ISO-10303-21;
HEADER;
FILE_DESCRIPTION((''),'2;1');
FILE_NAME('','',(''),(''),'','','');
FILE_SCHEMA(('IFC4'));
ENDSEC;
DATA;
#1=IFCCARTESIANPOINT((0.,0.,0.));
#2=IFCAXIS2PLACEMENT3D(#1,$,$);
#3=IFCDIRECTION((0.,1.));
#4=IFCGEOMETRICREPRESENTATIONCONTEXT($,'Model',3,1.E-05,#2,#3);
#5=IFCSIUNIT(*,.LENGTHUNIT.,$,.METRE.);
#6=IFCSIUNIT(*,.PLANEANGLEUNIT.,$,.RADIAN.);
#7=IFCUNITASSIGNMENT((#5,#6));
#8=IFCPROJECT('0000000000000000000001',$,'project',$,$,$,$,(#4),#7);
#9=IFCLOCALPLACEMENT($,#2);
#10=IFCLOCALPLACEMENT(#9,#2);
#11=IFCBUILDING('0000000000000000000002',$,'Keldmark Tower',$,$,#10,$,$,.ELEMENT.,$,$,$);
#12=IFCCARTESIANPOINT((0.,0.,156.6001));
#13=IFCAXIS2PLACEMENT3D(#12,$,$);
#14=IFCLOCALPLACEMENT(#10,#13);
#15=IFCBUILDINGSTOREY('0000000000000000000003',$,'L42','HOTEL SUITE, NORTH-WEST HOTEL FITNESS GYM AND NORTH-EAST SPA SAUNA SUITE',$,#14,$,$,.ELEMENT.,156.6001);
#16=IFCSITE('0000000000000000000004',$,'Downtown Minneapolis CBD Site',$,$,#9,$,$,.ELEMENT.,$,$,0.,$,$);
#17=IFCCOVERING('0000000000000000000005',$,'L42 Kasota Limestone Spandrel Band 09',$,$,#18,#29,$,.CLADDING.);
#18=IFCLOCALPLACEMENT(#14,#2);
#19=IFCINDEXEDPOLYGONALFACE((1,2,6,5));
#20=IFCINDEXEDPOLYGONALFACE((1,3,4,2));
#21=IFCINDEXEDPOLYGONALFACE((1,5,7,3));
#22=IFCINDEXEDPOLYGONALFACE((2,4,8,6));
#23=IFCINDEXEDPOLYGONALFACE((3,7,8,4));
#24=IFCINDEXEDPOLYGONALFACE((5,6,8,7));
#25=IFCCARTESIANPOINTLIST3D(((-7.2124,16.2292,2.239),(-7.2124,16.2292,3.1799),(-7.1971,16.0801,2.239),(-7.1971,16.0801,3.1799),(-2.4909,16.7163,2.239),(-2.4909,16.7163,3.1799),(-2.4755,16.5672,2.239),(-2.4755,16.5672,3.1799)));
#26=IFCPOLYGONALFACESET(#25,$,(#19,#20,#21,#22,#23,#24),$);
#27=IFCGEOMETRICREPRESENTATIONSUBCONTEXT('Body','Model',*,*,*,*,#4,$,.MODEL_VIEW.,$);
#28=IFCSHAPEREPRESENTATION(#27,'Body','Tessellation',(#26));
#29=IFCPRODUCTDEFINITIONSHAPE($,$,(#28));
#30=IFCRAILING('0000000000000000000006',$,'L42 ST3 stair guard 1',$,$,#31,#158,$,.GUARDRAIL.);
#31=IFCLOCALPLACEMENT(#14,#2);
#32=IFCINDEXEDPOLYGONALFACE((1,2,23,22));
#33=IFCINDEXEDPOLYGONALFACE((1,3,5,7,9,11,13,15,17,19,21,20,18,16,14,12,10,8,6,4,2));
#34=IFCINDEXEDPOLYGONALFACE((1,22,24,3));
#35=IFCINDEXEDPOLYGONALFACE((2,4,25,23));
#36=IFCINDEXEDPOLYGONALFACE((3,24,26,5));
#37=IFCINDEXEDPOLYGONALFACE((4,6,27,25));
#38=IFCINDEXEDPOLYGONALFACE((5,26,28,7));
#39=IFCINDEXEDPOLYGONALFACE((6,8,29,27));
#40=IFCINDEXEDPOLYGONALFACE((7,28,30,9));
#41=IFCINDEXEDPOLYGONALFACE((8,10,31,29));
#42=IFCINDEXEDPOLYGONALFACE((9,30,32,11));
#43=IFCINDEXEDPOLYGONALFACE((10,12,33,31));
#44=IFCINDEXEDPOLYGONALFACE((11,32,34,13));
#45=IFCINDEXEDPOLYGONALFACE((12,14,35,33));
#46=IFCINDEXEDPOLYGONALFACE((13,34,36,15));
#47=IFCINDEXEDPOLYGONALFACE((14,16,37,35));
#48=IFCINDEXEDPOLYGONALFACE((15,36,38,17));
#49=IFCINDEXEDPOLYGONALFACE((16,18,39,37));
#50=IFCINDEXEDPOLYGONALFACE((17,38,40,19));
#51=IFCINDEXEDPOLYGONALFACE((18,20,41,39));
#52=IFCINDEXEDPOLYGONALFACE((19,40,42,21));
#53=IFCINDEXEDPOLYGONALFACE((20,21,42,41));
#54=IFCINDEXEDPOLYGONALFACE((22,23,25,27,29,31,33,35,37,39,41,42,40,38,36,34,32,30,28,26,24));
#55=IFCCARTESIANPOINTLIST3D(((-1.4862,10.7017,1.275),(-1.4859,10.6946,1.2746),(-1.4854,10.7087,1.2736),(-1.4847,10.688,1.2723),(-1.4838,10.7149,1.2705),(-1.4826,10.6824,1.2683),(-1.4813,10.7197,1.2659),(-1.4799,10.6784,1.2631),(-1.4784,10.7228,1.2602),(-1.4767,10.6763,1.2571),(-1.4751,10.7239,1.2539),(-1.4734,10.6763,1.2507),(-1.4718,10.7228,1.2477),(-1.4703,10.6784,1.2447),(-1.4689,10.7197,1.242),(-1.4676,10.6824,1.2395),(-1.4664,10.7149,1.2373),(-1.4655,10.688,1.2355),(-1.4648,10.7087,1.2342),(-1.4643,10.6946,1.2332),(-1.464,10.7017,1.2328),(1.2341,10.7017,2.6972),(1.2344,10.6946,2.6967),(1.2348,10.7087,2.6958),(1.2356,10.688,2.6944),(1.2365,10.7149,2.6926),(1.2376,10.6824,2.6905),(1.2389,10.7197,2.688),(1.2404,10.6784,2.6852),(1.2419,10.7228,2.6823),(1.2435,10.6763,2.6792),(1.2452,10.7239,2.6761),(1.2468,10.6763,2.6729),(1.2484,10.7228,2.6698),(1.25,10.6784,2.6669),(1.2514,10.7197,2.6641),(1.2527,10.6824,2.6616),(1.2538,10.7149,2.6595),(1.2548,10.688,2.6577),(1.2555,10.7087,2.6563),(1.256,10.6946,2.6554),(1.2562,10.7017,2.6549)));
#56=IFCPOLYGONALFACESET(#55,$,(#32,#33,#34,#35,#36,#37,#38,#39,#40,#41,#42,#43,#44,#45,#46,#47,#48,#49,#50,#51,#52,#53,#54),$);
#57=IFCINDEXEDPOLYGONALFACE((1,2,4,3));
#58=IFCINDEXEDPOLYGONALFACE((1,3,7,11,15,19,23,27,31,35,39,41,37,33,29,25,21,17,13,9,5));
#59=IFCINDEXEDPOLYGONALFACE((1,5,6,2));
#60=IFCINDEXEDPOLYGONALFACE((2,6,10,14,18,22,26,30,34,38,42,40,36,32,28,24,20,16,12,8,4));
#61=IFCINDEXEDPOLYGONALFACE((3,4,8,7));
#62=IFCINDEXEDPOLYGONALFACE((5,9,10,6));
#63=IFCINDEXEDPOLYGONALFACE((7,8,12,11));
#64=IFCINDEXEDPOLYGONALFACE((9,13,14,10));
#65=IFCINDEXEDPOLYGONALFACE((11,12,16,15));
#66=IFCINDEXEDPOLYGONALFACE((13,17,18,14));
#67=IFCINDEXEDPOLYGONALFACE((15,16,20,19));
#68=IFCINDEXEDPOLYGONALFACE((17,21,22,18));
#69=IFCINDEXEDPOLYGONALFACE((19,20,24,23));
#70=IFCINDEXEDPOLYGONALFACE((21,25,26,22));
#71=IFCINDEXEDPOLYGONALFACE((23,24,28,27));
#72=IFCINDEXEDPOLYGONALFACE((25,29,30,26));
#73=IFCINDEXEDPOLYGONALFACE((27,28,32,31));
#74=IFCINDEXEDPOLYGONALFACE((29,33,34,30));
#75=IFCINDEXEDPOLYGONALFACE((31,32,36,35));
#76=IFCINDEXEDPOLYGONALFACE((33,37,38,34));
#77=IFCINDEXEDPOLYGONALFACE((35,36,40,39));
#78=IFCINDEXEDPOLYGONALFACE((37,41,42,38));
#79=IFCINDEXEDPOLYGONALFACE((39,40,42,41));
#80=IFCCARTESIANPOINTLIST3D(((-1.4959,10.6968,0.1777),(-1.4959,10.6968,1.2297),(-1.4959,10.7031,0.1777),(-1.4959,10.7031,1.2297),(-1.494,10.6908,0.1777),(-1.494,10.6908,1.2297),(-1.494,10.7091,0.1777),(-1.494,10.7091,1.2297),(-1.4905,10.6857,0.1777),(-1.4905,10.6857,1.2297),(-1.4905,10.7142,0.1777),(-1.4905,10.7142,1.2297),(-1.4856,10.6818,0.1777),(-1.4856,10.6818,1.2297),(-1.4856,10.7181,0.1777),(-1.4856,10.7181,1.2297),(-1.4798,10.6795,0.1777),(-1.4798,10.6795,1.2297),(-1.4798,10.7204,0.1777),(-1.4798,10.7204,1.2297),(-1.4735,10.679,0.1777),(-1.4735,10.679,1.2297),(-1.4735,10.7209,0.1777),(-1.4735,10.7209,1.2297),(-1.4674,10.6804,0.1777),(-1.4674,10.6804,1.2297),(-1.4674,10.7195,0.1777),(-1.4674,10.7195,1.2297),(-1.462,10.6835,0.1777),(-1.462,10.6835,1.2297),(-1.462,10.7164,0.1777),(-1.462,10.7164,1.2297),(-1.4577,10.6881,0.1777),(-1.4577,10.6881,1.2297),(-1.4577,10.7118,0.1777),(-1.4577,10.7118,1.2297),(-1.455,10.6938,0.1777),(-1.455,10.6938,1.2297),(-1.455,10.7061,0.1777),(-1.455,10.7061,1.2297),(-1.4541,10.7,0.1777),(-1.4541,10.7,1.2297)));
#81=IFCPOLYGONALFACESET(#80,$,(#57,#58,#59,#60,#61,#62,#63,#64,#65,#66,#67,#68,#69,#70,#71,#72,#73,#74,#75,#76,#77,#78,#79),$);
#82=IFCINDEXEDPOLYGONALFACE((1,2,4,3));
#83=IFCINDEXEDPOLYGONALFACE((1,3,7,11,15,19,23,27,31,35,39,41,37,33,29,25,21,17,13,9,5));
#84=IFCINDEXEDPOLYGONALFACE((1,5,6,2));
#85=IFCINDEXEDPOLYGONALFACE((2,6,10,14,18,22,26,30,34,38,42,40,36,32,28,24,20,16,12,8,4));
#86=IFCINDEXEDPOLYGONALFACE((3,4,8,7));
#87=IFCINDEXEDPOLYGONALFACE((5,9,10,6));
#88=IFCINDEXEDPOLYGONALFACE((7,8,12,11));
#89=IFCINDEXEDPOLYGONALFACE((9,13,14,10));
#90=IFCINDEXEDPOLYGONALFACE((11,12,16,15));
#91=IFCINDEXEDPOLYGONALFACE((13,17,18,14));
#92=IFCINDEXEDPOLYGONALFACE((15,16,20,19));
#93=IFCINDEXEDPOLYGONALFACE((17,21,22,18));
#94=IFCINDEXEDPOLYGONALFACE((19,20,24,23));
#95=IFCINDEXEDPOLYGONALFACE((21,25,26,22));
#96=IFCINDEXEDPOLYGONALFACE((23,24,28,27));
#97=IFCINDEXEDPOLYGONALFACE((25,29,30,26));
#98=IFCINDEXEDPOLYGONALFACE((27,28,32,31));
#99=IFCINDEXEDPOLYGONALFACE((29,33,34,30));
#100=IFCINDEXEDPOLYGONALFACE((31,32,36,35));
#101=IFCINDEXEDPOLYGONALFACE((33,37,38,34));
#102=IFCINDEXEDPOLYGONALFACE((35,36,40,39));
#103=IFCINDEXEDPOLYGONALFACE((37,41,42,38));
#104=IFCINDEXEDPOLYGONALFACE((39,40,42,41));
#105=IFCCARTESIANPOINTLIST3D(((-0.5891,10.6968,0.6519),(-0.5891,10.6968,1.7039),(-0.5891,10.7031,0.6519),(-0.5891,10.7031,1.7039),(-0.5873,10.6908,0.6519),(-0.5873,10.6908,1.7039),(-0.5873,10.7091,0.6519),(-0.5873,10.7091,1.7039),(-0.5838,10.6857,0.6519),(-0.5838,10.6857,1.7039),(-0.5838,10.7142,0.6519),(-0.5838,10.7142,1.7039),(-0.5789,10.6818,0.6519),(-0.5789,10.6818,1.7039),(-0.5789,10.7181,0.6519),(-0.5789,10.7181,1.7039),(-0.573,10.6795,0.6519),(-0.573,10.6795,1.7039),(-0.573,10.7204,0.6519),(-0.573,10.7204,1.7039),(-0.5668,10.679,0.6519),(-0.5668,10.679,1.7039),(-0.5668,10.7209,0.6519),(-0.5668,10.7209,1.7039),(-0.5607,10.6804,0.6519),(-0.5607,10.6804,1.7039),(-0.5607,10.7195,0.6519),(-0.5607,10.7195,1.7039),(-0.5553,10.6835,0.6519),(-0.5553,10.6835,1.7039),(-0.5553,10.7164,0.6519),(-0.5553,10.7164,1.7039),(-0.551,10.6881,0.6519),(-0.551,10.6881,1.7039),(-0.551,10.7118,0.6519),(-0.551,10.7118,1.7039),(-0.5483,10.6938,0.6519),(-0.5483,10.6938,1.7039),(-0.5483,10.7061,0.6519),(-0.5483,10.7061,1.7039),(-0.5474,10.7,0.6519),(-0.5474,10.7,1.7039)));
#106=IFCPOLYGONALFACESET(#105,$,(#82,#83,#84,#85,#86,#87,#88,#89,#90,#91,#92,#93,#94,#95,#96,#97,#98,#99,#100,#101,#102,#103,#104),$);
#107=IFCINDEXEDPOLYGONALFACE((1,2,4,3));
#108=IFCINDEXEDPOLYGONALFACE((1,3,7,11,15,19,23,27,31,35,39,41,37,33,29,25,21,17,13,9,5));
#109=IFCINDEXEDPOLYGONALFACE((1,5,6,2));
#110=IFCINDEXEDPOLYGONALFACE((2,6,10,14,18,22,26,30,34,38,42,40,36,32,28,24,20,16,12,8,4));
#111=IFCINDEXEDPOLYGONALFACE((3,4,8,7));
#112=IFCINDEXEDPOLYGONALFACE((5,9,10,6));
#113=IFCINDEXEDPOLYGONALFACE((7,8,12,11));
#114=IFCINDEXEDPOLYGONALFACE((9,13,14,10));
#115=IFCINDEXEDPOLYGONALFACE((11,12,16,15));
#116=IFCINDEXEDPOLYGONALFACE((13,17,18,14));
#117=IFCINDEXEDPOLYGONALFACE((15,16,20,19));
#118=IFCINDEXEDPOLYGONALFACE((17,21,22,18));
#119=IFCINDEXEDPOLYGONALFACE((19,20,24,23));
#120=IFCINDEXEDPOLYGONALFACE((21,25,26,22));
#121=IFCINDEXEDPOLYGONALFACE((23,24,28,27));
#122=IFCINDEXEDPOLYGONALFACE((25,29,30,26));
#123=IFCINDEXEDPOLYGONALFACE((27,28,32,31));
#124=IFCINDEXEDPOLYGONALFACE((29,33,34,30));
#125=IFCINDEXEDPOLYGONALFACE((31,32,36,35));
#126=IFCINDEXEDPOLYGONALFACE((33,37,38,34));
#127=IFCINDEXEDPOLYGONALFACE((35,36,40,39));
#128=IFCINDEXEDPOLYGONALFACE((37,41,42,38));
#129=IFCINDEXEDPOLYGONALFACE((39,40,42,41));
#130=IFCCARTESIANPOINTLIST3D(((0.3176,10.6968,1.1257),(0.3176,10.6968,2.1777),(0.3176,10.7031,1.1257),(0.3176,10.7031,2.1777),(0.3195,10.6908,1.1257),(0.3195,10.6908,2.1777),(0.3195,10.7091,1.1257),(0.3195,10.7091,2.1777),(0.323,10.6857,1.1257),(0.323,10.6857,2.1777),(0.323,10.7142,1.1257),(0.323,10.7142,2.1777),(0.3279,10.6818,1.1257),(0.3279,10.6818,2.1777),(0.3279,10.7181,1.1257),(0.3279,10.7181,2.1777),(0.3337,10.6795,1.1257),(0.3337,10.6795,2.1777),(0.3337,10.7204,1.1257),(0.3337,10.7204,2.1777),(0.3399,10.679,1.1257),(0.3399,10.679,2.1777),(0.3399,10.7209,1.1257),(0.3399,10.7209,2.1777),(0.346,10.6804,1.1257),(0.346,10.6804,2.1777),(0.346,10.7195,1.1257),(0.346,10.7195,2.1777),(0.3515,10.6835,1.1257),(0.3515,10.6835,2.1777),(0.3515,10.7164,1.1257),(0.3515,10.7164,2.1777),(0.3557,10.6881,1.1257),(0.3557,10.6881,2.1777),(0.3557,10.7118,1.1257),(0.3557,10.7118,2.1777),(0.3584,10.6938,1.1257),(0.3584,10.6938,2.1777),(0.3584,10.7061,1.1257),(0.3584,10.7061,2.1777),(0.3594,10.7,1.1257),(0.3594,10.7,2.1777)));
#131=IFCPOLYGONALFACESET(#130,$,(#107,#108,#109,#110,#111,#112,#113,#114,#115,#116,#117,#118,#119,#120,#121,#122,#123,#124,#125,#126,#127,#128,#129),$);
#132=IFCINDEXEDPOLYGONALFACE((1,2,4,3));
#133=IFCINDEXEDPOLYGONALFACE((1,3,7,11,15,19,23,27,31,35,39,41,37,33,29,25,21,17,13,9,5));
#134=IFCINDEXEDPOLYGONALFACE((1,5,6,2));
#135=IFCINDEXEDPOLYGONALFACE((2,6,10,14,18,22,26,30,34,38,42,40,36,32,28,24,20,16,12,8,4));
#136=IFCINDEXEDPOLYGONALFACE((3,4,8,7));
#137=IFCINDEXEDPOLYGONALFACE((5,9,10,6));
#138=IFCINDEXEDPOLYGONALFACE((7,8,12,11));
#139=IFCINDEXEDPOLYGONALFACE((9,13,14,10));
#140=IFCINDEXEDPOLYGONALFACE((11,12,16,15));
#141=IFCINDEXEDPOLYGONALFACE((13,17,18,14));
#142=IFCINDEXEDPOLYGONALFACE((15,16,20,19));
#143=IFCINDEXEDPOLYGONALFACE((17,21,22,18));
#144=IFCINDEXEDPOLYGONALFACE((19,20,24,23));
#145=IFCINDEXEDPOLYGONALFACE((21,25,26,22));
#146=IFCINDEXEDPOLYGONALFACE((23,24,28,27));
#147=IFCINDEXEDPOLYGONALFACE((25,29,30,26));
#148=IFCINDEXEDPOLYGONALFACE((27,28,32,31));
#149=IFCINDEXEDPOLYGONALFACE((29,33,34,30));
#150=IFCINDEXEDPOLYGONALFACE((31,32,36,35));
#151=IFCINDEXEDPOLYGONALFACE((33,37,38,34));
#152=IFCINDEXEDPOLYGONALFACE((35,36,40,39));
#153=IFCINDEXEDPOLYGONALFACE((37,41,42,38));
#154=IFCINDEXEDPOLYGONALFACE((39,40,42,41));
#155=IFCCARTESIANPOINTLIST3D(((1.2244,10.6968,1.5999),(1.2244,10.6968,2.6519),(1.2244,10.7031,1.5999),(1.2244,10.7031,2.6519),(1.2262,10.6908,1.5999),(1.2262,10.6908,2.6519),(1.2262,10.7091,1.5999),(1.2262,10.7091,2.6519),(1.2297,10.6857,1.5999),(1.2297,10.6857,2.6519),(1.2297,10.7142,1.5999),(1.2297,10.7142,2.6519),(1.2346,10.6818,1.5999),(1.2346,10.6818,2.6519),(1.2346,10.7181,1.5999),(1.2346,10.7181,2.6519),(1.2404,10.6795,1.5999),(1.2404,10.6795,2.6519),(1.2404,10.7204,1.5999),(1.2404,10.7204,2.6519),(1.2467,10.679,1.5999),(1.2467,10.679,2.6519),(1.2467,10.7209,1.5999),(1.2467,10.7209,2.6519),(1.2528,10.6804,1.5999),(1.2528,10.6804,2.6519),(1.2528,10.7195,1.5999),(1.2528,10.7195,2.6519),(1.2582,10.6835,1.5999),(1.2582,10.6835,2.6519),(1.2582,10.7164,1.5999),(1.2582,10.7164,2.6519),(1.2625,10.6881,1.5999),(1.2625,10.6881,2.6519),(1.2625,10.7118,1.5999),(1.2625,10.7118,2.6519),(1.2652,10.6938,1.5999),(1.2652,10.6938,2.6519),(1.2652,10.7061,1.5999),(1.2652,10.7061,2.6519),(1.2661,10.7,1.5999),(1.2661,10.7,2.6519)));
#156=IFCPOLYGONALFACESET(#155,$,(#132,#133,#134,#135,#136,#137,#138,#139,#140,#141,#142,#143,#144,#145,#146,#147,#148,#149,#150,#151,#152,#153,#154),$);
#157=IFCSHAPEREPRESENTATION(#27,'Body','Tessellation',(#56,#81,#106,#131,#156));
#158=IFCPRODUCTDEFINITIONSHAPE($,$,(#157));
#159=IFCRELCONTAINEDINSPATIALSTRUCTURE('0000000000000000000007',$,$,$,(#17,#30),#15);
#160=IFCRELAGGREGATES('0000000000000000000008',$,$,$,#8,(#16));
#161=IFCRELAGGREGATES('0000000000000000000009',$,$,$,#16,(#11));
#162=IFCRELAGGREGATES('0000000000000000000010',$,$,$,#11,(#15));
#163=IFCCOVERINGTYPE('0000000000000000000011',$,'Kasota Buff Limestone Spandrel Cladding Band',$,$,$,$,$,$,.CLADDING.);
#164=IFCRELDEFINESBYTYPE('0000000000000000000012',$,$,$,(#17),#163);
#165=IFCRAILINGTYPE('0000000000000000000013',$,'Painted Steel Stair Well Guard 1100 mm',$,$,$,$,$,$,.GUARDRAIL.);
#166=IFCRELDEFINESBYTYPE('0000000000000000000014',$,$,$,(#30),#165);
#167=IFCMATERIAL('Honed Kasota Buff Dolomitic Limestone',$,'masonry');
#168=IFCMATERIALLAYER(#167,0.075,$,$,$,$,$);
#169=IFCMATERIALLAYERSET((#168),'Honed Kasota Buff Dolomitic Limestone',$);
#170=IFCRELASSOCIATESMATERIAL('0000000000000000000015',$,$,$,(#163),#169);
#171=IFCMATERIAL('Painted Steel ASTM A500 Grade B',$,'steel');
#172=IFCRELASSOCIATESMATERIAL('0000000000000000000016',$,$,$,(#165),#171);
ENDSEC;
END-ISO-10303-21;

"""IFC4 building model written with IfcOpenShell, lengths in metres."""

from ifc_helpers import new_model, si_unit, direction, frame, origin, origin_2d, place, context, subcontext, project, spatial, rectangle, circle, extrude, material, layer, layer_set, type_object, element, save


model = new_model("IFC4")

# Units and contexts
model_context = context("Model", 3, precision=1e-05, world=origin(), true_north=direction((0.0, 1.0)))
body_context = subcontext(model_context, "Body", "Model", "MODEL_VIEW")
ifc_project = project(units=[si_unit("LENGTHUNIT", "METRE"), si_unit("PLANEANGLEUNIT", "RADIAN")], contexts=[model_context])

# Site, building, storey
site_placement = place(None, origin())
site = spatial("IfcSite", under=ifc_project, at=site_placement, Name="Downtown Minneapolis CBD Site", CompositionType="ELEMENT", RefElevation=0.0)
building_placement = place(site_placement, origin())
building = spatial("IfcBuilding", under=site, at=building_placement, Name="Keldmark Tower", CompositionType="ELEMENT")
storey_placement = place(building_placement, frame((0.0, 0.0, 156.6001)))
storey = spatial("IfcBuildingStorey", under=building, at=storey_placement, Name="L42", Description="HOTEL SUITE, NORTH-WEST HOTEL FITNESS GYM AND NORTH-EAST SPA SAUNA SUITE", CompositionType="ELEMENT", Elevation=156.6001)

# Covering
ifc_material_1 = material(Name="Honed Kasota Buff Dolomitic Limestone", Category="masonry")
ifc_layer_1 = layer(ifc_material_1, 0.075)
ifc_layer_set_1 = layer_set([ifc_layer_1], Name="Honed Kasota Buff Dolomitic Limestone")
covering_type = type_object("IfcCoveringType", Name="Kasota Buff Limestone Spandrel Cladding Band", PredefinedType="CLADDING", material=ifc_layer_set_1)
covering_placement = place(storey_placement, frame((-4.844, 16.3982, 2.239), z_axis=(0.0, 0.0, 1.0), x_axis=(-0.994721, -0.102619, 0.0)))
element("IfcCovering", 1, at=covering_placement, inside=storey, type_object=covering_type, Name="L42 Kasota Limestone Spandrel Band 09", PredefinedType="CLADDING", context=body_context, shape_type="SweptSolid", body=[
    extrude(rectangle(XDim=4.7466, YDim=0.1499, at=origin_2d()), origin(), (0.0, 0.0, 1.0), 0.9409),
])

# Railing
ifc_material_2 = material(Name="Painted Steel ASTM A500 Grade B", Category="steel")
railing_type_1 = type_object("IfcRailingType", Name="Painted Steel Stair Well Guard 1100 mm", PredefinedType="GUARDRAIL", material=ifc_material_2)
railing_1_placement = place(storey_placement, frame((-1.4751, 10.7, 0.1777)))
element("IfcRailing", 2, at=railing_1_placement, inside=storey, type_object=railing_type_1, Name="L42 ST3 stair guard 1", PredefinedType="GUARDRAIL", context=body_context, shape_type="SweptSolid", body=[
    extrude(circle(Radius=0.0239, at=origin_2d()), frame((0.0, 0.0, 1.0762), z_axis=(0.8862, 0.0, 0.463302), x_axis=(0.0, 1.0, 0.0)), (0.0, 0.0, 1.0), 3.0696),
    extrude(circle(Radius=0.021, at=origin_2d()), origin(), (0.0, 0.0, 1.0), 1.052),
    extrude(circle(Radius=0.021, at=origin_2d()), frame((0.9067, 0.0, 0.4741)), (0.0, 0.0, 1.0), 1.052),
    extrude(circle(Radius=0.021, at=origin_2d()), frame((1.8135, 0.0, 0.948)), (0.0, 0.0, 1.0), 1.052),
    extrude(circle(Radius=0.021, at=origin_2d()), frame((2.7202, 0.0, 1.4221)), (0.0, 0.0, 1.0), 1.052),
])

save(model, "model.ifc")
